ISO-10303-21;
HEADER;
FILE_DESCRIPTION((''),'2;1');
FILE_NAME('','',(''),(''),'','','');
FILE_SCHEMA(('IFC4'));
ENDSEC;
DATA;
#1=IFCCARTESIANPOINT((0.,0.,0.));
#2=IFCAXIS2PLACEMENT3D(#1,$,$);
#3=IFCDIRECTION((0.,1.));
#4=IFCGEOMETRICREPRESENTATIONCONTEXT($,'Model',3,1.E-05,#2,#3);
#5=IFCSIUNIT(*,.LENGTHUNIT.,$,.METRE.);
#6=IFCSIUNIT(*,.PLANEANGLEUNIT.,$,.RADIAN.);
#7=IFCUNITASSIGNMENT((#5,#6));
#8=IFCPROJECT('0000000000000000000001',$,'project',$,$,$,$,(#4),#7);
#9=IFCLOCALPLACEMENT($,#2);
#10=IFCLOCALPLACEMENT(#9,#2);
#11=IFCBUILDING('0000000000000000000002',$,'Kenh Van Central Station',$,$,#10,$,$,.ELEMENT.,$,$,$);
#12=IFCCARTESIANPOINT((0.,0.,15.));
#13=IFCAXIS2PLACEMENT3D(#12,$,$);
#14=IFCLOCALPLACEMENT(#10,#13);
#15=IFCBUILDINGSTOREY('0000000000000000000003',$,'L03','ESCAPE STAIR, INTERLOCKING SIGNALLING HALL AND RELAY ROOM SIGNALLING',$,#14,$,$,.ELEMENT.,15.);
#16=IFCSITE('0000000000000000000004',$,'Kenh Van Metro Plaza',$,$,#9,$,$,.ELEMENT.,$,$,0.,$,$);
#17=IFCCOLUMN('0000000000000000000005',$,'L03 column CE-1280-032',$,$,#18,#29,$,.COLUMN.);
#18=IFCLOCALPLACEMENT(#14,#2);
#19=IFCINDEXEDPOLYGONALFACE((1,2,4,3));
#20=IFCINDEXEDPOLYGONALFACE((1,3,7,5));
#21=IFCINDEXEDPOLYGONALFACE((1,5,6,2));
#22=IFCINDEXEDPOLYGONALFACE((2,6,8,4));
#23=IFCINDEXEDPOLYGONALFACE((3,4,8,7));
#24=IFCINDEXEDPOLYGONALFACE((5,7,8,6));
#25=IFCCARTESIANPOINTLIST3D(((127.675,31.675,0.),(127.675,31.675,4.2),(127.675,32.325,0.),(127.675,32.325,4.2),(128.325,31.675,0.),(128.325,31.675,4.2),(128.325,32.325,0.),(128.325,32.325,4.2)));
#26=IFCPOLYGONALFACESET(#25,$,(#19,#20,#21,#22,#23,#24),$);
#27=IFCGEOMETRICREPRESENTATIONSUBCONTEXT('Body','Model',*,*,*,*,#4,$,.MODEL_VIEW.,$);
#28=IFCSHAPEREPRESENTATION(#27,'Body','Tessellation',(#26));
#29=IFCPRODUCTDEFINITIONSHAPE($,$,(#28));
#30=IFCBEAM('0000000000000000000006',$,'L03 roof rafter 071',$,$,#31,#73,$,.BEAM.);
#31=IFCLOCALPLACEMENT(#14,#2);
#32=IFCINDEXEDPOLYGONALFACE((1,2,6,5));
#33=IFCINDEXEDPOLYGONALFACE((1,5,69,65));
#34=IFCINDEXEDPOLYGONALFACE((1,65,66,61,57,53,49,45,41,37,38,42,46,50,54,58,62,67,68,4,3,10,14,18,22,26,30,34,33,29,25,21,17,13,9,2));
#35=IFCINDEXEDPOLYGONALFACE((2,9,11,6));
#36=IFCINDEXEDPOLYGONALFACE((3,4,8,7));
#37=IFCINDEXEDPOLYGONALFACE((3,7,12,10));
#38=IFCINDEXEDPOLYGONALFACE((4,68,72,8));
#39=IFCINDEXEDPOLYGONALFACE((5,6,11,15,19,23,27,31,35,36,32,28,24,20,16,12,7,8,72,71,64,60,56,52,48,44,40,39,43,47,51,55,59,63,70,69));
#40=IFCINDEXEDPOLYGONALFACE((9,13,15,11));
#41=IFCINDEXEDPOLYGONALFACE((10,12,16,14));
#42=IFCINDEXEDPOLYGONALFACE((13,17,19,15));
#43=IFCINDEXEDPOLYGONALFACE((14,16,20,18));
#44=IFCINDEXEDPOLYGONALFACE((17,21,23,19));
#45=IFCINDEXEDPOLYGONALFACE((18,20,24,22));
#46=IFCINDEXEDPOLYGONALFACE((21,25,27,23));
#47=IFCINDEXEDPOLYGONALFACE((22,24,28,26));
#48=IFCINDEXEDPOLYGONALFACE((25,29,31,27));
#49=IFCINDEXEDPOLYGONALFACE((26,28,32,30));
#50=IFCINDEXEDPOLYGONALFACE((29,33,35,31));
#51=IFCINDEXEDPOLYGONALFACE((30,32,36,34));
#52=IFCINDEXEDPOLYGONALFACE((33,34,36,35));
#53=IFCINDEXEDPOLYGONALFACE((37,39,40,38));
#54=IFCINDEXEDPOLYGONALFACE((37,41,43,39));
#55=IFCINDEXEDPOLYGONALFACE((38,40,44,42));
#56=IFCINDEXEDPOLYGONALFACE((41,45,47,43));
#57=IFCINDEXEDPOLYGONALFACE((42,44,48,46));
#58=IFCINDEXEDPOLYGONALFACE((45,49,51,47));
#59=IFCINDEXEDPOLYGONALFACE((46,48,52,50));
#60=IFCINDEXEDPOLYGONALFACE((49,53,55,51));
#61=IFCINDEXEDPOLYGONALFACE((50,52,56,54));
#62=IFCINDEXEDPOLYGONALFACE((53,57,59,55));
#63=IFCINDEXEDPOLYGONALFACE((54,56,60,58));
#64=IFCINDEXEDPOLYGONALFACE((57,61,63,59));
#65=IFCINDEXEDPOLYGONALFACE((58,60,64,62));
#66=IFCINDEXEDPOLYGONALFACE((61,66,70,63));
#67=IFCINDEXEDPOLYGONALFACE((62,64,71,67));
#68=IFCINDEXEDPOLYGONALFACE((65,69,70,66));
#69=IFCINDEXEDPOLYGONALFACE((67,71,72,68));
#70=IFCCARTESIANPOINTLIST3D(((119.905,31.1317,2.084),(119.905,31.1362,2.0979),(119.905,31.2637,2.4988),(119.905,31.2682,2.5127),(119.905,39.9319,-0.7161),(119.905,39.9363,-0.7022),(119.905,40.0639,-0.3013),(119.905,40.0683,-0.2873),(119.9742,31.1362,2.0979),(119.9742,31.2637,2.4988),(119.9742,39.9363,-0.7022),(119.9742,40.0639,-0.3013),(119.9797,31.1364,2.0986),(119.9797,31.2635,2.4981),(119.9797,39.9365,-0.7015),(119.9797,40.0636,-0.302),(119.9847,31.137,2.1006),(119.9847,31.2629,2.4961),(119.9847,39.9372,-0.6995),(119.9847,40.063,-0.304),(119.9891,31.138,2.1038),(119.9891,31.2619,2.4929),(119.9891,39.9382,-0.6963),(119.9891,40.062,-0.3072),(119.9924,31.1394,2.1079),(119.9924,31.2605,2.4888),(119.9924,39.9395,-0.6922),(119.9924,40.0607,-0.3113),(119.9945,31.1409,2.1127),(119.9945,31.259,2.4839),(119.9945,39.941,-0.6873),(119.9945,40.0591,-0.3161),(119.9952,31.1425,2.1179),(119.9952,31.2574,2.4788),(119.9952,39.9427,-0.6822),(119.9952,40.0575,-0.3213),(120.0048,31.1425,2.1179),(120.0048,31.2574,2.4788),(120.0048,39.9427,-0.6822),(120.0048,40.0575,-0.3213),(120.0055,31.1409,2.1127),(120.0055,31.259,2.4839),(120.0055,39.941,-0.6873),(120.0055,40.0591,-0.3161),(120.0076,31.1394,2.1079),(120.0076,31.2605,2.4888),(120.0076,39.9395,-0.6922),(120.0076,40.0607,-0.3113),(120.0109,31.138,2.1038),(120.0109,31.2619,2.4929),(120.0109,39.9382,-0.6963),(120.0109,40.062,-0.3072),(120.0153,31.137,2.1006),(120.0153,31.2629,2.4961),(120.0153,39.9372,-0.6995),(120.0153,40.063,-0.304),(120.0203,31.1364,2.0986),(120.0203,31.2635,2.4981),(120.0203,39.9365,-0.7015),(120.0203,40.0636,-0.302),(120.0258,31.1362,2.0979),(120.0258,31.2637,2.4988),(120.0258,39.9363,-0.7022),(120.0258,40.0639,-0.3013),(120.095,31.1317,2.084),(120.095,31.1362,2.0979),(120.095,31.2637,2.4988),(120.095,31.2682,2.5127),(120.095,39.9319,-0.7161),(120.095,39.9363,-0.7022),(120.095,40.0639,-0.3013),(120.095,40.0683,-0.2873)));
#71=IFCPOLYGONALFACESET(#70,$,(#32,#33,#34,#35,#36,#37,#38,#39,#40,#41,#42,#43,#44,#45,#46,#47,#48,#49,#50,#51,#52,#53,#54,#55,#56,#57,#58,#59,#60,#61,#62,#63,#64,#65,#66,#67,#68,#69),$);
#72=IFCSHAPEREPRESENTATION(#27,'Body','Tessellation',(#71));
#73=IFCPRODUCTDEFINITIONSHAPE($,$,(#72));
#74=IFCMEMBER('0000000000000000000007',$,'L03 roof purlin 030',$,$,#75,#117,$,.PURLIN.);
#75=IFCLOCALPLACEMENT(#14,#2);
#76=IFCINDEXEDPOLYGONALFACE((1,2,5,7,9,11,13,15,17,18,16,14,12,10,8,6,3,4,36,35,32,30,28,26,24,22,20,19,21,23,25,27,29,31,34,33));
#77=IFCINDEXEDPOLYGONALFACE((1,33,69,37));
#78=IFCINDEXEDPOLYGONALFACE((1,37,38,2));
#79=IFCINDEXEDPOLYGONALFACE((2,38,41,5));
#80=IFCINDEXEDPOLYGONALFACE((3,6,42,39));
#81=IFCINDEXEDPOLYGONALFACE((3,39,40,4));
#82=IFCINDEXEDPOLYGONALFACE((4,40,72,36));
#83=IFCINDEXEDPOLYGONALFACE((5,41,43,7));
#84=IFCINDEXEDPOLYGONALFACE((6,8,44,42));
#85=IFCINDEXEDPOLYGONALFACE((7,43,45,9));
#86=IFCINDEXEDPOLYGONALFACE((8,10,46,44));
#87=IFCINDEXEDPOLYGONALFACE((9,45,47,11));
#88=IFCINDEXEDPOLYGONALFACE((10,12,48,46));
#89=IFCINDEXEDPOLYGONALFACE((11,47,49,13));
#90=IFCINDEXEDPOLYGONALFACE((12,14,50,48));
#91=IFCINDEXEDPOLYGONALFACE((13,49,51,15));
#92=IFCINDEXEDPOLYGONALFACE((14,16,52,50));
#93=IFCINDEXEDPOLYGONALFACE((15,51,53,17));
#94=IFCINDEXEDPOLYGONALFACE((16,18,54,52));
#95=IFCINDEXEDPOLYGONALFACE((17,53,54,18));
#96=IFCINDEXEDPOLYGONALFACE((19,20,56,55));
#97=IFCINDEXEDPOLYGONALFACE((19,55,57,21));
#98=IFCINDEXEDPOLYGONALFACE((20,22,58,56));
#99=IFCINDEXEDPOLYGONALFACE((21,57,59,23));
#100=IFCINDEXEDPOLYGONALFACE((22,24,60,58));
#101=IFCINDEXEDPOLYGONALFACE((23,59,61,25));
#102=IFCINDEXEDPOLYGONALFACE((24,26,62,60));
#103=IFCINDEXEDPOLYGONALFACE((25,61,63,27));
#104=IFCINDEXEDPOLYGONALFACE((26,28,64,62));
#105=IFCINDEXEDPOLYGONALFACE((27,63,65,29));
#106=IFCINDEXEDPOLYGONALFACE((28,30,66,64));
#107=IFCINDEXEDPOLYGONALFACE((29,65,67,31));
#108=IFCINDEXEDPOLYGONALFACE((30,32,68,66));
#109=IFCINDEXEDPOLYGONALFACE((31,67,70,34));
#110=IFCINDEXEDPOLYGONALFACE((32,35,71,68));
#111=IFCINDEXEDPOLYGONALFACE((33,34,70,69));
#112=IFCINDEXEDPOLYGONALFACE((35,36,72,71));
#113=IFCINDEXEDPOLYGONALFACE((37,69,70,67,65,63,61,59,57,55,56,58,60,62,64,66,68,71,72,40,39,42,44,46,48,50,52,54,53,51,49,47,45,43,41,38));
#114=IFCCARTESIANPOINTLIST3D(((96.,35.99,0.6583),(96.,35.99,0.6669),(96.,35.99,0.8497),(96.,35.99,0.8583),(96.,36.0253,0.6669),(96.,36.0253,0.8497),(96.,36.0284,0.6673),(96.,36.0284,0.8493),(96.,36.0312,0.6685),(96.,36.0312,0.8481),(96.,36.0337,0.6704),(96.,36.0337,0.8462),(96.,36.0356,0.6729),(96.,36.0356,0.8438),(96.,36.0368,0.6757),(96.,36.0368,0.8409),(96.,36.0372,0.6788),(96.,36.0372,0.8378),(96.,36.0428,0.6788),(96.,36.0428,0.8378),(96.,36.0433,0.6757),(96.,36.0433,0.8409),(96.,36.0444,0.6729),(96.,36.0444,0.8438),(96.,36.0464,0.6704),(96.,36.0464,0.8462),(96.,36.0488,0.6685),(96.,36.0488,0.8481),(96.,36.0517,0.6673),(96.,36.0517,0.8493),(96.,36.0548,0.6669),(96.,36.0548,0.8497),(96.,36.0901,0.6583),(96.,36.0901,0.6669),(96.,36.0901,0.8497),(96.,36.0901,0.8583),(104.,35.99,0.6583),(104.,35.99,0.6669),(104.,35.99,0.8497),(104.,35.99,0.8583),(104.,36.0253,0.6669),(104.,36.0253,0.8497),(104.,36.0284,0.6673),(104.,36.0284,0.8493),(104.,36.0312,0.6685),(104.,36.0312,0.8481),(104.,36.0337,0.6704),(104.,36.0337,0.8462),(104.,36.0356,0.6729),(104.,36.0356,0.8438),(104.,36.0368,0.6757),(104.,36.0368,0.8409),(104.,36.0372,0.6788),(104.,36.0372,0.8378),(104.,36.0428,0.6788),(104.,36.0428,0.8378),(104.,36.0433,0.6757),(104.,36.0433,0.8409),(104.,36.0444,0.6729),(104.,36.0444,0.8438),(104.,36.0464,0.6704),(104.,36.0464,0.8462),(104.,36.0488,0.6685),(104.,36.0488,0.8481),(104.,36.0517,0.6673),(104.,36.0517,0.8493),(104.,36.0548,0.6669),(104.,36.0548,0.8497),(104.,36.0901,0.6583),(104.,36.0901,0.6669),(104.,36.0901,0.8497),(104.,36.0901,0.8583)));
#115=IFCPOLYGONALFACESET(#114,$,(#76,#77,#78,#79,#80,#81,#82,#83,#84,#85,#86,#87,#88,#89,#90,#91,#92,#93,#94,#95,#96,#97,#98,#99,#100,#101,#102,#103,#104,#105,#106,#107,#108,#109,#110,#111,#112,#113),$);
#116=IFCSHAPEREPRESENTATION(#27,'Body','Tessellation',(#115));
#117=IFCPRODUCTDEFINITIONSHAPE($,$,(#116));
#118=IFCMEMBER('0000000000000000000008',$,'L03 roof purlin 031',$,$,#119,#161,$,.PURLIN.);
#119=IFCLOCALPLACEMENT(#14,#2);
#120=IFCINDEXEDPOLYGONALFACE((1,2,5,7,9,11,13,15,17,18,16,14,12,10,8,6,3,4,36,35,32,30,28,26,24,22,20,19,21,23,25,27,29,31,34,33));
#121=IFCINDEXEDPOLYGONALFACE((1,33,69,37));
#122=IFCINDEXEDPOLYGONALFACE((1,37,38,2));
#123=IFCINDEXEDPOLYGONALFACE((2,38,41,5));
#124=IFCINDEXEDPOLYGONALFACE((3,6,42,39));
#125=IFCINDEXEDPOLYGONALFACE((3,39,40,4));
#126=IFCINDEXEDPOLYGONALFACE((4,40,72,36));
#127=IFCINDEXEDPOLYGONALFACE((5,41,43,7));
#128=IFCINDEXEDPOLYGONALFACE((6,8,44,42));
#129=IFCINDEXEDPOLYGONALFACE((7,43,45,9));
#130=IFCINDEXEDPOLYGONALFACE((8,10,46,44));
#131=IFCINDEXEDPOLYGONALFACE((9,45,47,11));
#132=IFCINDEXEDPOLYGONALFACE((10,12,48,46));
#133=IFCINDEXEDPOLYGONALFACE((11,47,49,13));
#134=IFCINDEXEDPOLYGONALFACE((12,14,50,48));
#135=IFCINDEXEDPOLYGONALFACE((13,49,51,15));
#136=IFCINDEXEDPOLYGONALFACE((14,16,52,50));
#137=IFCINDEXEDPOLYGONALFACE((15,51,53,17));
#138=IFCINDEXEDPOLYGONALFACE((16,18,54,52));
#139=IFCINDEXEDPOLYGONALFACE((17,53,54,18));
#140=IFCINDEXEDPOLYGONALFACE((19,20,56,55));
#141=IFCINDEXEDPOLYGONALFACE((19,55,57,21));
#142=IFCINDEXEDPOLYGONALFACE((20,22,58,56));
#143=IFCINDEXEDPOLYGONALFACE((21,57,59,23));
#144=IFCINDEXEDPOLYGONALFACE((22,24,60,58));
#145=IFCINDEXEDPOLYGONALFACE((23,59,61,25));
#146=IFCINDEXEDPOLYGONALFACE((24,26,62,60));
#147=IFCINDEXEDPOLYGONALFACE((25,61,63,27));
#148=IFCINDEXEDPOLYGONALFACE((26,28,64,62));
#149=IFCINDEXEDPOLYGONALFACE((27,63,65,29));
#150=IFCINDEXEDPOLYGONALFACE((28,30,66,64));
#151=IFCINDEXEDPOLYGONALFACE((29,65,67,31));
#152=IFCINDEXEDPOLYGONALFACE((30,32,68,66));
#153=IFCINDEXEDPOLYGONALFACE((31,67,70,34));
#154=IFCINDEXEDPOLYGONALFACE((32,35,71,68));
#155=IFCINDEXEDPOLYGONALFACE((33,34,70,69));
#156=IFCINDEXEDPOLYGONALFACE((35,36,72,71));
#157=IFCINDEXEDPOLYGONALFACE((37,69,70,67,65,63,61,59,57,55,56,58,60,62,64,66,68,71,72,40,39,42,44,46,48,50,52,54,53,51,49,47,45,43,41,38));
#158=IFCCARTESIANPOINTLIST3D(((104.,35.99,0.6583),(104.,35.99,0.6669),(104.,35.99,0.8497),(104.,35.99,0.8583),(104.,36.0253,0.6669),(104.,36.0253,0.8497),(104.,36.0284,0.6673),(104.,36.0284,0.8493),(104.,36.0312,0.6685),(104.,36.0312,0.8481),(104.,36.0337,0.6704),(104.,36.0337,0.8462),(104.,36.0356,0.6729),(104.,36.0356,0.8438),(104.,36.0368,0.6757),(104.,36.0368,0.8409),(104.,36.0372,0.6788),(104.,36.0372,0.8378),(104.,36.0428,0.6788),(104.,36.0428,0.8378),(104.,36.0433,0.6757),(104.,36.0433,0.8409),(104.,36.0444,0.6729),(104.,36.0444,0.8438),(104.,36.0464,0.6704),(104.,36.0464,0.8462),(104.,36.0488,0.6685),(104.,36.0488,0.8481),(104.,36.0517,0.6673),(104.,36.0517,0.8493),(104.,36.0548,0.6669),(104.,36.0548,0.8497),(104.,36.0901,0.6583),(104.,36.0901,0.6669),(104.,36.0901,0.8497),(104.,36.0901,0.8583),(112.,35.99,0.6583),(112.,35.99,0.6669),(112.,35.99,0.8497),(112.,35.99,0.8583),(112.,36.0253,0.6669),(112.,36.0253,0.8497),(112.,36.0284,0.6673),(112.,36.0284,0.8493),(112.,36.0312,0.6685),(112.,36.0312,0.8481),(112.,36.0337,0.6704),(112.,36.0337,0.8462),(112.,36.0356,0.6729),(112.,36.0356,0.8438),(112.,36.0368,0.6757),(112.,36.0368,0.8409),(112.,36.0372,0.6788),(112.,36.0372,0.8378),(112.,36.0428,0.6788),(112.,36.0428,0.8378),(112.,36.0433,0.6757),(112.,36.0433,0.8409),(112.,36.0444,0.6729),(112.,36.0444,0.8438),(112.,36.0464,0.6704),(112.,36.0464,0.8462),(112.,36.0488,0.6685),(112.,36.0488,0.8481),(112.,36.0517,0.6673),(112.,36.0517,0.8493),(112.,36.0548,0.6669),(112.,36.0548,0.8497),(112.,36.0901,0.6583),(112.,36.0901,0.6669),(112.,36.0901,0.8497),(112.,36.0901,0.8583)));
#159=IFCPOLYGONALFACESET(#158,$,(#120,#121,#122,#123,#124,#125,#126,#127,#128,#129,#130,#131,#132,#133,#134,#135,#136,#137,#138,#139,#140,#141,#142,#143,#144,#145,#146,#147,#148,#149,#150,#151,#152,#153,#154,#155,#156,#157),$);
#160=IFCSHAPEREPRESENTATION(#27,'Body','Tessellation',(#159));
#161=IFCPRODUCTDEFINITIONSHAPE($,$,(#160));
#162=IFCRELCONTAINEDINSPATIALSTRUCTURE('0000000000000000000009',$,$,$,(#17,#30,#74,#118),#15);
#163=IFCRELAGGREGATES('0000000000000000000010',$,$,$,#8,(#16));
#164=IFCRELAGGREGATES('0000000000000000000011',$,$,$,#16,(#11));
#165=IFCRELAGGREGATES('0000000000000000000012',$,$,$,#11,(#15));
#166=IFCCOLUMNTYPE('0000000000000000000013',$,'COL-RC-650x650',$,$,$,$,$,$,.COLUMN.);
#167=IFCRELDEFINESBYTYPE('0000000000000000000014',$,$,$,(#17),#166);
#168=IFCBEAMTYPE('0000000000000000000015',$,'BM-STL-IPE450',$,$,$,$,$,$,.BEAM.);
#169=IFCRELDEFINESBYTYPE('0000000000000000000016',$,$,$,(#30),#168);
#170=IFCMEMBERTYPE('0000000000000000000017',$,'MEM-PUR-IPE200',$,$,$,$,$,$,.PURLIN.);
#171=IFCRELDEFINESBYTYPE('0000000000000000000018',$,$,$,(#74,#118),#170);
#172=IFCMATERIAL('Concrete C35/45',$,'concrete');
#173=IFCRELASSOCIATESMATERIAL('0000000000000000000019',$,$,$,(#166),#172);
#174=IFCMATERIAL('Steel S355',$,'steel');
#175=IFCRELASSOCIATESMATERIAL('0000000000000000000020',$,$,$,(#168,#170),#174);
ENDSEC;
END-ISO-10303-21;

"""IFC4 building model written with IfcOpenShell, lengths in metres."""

from ifc_helpers import new_model, si_unit, direction, frame, origin, origin_2d, place, context, subcontext, project, spatial, rectangle, i_section, extrude, material, material_profile, profile_set, type_object, element, save


model = new_model("IFC4")

# Units and contexts
model_context = context("Model", 3, precision=1e-05, world=origin(), true_north=direction((0.0, 1.0)))
body_context = subcontext(model_context, "Body", "Model", "MODEL_VIEW")
ifc_project = project(units=[si_unit("LENGTHUNIT", "METRE"), si_unit("PLANEANGLEUNIT", "RADIAN")], contexts=[model_context])

# Site, building, storey
site_placement = place(None, origin())
site = spatial("IfcSite", under=ifc_project, at=site_placement, Name="Kenh Van Metro Plaza", CompositionType="ELEMENT", RefElevation=0.0)
building_placement = place(site_placement, origin())
building = spatial("IfcBuilding", under=site, at=building_placement, Name="Kenh Van Central Station", CompositionType="ELEMENT")
storey_placement = place(building_placement, frame((0.0, 0.0, 15.0)))
storey = spatial("IfcBuildingStorey", under=building, at=storey_placement, Name="L03", Description="ESCAPE STAIR, INTERLOCKING SIGNALLING HALL AND RELAY ROOM SIGNALLING", CompositionType="ELEMENT", Elevation=15.0)

# Column
ifc_material_1 = material(Name="Concrete C35/45", Category="concrete")
ifc_material_profile_1 = material_profile(ifc_material_1, rectangle(XDim=0.6499, YDim=0.6499, at=origin_2d()), Name="RC 650x650")
ifc_profile_set_1 = profile_set([ifc_material_profile_1], Name="Concrete C35/45")
column_type = type_object("IfcColumnType", Name="COL-RC-650x650", PredefinedType="COLUMN", material=ifc_profile_set_1)
column_placement = place(storey_placement, frame((128.0, 32.0, 0.0), z_axis=(0.0, 0.0, 1.0), x_axis=(1.0, 0.0, 0.0)))
element("IfcColumn", 1, at=column_placement, inside=storey, type_object=column_type, Name="L03 column CE-1280-032", PredefinedType="COLUMN", context=body_context, shape_type="SweptSolid", body=[
    extrude(rectangle(XDim=0.6499, YDim=0.6499, at=origin_2d()), origin(), (0.0, 0.0, 1.0), 4.2),
])

# Beam
ifc_material_2 = material(Name="Steel S355", Category="steel")
ifc_material_profile_2 = material_profile(ifc_material_2, i_section(OverallWidth=0.1899, OverallDepth=0.45, WebThickness=0.0095, FlangeThickness=0.0146, FilletRadius=0.021, at=origin_2d()), Name="IPE 450")
ifc_profile_set_2 = profile_set([ifc_material_profile_2], Name="Steel S355")
beam_type_1 = type_object("IfcBeamType", Name="BM-STL-IPE450", PredefinedType="BEAM", material=ifc_profile_set_2)
beam_1_placement = place(storey_placement, frame((120.0, 31.2, 2.2983), z_axis=(0.0, 0.952925, -0.303207), x_axis=(-1.0, 0.0, 0.0)))
element("IfcBeam", 2, at=beam_1_placement, inside=storey, type_object=beam_type_1, Name="L03 roof rafter 071", PredefinedType="BEAM", context=body_context, shape_type="SweptSolid", body=[
    extrude(i_section(OverallWidth=0.1899, OverallDepth=0.45, WebThickness=0.0095, FlangeThickness=0.0146, FilletRadius=0.021, at=origin_2d()), origin(), (0.0, 0.0, 1.0), 9.2349),
])

# Members
ifc_material_profile_3 = material_profile(ifc_material_2, i_section(OverallWidth=0.1001, OverallDepth=0.2, WebThickness=0.0056, FlangeThickness=0.0085, FilletRadius=0.012, at=origin_2d()), Name="IPE 200")
ifc_profile_set_3 = profile_set([ifc_material_profile_3], Name="Steel S355")
member_type_1 = type_object("IfcMemberType", Name="MEM-PUR-IPE200", PredefinedType="PURLIN", material=ifc_profile_set_3)
for number, where, z_axis, x_axis, name in (
    (3, (96.0, 36.04, 0.7583), (1.0, 0.0, 0.0), (0.0, 1.0, 0.0), "L03 roof purlin 030"),
    (4, (104.0, 36.04, 0.7583), (1.0, 0.0, 0.0), (0.0, 1.0, 0.0), "L03 roof purlin 031"),
):
    element("IfcMember", number, at=place(storey_placement, frame(where, z_axis=z_axis, x_axis=x_axis)), inside=storey, type_object=member_type_1, Name=name, PredefinedType="PURLIN", context=body_context, shape_type="SweptSolid", body=[
        extrude(i_section(OverallWidth=0.1001, OverallDepth=0.2, WebThickness=0.0056, FlangeThickness=0.0085, FilletRadius=0.012, at=origin_2d()), origin(), (0.0, 0.0, 1.0), 8.0),
    ])

save(model, "model.ifc")
